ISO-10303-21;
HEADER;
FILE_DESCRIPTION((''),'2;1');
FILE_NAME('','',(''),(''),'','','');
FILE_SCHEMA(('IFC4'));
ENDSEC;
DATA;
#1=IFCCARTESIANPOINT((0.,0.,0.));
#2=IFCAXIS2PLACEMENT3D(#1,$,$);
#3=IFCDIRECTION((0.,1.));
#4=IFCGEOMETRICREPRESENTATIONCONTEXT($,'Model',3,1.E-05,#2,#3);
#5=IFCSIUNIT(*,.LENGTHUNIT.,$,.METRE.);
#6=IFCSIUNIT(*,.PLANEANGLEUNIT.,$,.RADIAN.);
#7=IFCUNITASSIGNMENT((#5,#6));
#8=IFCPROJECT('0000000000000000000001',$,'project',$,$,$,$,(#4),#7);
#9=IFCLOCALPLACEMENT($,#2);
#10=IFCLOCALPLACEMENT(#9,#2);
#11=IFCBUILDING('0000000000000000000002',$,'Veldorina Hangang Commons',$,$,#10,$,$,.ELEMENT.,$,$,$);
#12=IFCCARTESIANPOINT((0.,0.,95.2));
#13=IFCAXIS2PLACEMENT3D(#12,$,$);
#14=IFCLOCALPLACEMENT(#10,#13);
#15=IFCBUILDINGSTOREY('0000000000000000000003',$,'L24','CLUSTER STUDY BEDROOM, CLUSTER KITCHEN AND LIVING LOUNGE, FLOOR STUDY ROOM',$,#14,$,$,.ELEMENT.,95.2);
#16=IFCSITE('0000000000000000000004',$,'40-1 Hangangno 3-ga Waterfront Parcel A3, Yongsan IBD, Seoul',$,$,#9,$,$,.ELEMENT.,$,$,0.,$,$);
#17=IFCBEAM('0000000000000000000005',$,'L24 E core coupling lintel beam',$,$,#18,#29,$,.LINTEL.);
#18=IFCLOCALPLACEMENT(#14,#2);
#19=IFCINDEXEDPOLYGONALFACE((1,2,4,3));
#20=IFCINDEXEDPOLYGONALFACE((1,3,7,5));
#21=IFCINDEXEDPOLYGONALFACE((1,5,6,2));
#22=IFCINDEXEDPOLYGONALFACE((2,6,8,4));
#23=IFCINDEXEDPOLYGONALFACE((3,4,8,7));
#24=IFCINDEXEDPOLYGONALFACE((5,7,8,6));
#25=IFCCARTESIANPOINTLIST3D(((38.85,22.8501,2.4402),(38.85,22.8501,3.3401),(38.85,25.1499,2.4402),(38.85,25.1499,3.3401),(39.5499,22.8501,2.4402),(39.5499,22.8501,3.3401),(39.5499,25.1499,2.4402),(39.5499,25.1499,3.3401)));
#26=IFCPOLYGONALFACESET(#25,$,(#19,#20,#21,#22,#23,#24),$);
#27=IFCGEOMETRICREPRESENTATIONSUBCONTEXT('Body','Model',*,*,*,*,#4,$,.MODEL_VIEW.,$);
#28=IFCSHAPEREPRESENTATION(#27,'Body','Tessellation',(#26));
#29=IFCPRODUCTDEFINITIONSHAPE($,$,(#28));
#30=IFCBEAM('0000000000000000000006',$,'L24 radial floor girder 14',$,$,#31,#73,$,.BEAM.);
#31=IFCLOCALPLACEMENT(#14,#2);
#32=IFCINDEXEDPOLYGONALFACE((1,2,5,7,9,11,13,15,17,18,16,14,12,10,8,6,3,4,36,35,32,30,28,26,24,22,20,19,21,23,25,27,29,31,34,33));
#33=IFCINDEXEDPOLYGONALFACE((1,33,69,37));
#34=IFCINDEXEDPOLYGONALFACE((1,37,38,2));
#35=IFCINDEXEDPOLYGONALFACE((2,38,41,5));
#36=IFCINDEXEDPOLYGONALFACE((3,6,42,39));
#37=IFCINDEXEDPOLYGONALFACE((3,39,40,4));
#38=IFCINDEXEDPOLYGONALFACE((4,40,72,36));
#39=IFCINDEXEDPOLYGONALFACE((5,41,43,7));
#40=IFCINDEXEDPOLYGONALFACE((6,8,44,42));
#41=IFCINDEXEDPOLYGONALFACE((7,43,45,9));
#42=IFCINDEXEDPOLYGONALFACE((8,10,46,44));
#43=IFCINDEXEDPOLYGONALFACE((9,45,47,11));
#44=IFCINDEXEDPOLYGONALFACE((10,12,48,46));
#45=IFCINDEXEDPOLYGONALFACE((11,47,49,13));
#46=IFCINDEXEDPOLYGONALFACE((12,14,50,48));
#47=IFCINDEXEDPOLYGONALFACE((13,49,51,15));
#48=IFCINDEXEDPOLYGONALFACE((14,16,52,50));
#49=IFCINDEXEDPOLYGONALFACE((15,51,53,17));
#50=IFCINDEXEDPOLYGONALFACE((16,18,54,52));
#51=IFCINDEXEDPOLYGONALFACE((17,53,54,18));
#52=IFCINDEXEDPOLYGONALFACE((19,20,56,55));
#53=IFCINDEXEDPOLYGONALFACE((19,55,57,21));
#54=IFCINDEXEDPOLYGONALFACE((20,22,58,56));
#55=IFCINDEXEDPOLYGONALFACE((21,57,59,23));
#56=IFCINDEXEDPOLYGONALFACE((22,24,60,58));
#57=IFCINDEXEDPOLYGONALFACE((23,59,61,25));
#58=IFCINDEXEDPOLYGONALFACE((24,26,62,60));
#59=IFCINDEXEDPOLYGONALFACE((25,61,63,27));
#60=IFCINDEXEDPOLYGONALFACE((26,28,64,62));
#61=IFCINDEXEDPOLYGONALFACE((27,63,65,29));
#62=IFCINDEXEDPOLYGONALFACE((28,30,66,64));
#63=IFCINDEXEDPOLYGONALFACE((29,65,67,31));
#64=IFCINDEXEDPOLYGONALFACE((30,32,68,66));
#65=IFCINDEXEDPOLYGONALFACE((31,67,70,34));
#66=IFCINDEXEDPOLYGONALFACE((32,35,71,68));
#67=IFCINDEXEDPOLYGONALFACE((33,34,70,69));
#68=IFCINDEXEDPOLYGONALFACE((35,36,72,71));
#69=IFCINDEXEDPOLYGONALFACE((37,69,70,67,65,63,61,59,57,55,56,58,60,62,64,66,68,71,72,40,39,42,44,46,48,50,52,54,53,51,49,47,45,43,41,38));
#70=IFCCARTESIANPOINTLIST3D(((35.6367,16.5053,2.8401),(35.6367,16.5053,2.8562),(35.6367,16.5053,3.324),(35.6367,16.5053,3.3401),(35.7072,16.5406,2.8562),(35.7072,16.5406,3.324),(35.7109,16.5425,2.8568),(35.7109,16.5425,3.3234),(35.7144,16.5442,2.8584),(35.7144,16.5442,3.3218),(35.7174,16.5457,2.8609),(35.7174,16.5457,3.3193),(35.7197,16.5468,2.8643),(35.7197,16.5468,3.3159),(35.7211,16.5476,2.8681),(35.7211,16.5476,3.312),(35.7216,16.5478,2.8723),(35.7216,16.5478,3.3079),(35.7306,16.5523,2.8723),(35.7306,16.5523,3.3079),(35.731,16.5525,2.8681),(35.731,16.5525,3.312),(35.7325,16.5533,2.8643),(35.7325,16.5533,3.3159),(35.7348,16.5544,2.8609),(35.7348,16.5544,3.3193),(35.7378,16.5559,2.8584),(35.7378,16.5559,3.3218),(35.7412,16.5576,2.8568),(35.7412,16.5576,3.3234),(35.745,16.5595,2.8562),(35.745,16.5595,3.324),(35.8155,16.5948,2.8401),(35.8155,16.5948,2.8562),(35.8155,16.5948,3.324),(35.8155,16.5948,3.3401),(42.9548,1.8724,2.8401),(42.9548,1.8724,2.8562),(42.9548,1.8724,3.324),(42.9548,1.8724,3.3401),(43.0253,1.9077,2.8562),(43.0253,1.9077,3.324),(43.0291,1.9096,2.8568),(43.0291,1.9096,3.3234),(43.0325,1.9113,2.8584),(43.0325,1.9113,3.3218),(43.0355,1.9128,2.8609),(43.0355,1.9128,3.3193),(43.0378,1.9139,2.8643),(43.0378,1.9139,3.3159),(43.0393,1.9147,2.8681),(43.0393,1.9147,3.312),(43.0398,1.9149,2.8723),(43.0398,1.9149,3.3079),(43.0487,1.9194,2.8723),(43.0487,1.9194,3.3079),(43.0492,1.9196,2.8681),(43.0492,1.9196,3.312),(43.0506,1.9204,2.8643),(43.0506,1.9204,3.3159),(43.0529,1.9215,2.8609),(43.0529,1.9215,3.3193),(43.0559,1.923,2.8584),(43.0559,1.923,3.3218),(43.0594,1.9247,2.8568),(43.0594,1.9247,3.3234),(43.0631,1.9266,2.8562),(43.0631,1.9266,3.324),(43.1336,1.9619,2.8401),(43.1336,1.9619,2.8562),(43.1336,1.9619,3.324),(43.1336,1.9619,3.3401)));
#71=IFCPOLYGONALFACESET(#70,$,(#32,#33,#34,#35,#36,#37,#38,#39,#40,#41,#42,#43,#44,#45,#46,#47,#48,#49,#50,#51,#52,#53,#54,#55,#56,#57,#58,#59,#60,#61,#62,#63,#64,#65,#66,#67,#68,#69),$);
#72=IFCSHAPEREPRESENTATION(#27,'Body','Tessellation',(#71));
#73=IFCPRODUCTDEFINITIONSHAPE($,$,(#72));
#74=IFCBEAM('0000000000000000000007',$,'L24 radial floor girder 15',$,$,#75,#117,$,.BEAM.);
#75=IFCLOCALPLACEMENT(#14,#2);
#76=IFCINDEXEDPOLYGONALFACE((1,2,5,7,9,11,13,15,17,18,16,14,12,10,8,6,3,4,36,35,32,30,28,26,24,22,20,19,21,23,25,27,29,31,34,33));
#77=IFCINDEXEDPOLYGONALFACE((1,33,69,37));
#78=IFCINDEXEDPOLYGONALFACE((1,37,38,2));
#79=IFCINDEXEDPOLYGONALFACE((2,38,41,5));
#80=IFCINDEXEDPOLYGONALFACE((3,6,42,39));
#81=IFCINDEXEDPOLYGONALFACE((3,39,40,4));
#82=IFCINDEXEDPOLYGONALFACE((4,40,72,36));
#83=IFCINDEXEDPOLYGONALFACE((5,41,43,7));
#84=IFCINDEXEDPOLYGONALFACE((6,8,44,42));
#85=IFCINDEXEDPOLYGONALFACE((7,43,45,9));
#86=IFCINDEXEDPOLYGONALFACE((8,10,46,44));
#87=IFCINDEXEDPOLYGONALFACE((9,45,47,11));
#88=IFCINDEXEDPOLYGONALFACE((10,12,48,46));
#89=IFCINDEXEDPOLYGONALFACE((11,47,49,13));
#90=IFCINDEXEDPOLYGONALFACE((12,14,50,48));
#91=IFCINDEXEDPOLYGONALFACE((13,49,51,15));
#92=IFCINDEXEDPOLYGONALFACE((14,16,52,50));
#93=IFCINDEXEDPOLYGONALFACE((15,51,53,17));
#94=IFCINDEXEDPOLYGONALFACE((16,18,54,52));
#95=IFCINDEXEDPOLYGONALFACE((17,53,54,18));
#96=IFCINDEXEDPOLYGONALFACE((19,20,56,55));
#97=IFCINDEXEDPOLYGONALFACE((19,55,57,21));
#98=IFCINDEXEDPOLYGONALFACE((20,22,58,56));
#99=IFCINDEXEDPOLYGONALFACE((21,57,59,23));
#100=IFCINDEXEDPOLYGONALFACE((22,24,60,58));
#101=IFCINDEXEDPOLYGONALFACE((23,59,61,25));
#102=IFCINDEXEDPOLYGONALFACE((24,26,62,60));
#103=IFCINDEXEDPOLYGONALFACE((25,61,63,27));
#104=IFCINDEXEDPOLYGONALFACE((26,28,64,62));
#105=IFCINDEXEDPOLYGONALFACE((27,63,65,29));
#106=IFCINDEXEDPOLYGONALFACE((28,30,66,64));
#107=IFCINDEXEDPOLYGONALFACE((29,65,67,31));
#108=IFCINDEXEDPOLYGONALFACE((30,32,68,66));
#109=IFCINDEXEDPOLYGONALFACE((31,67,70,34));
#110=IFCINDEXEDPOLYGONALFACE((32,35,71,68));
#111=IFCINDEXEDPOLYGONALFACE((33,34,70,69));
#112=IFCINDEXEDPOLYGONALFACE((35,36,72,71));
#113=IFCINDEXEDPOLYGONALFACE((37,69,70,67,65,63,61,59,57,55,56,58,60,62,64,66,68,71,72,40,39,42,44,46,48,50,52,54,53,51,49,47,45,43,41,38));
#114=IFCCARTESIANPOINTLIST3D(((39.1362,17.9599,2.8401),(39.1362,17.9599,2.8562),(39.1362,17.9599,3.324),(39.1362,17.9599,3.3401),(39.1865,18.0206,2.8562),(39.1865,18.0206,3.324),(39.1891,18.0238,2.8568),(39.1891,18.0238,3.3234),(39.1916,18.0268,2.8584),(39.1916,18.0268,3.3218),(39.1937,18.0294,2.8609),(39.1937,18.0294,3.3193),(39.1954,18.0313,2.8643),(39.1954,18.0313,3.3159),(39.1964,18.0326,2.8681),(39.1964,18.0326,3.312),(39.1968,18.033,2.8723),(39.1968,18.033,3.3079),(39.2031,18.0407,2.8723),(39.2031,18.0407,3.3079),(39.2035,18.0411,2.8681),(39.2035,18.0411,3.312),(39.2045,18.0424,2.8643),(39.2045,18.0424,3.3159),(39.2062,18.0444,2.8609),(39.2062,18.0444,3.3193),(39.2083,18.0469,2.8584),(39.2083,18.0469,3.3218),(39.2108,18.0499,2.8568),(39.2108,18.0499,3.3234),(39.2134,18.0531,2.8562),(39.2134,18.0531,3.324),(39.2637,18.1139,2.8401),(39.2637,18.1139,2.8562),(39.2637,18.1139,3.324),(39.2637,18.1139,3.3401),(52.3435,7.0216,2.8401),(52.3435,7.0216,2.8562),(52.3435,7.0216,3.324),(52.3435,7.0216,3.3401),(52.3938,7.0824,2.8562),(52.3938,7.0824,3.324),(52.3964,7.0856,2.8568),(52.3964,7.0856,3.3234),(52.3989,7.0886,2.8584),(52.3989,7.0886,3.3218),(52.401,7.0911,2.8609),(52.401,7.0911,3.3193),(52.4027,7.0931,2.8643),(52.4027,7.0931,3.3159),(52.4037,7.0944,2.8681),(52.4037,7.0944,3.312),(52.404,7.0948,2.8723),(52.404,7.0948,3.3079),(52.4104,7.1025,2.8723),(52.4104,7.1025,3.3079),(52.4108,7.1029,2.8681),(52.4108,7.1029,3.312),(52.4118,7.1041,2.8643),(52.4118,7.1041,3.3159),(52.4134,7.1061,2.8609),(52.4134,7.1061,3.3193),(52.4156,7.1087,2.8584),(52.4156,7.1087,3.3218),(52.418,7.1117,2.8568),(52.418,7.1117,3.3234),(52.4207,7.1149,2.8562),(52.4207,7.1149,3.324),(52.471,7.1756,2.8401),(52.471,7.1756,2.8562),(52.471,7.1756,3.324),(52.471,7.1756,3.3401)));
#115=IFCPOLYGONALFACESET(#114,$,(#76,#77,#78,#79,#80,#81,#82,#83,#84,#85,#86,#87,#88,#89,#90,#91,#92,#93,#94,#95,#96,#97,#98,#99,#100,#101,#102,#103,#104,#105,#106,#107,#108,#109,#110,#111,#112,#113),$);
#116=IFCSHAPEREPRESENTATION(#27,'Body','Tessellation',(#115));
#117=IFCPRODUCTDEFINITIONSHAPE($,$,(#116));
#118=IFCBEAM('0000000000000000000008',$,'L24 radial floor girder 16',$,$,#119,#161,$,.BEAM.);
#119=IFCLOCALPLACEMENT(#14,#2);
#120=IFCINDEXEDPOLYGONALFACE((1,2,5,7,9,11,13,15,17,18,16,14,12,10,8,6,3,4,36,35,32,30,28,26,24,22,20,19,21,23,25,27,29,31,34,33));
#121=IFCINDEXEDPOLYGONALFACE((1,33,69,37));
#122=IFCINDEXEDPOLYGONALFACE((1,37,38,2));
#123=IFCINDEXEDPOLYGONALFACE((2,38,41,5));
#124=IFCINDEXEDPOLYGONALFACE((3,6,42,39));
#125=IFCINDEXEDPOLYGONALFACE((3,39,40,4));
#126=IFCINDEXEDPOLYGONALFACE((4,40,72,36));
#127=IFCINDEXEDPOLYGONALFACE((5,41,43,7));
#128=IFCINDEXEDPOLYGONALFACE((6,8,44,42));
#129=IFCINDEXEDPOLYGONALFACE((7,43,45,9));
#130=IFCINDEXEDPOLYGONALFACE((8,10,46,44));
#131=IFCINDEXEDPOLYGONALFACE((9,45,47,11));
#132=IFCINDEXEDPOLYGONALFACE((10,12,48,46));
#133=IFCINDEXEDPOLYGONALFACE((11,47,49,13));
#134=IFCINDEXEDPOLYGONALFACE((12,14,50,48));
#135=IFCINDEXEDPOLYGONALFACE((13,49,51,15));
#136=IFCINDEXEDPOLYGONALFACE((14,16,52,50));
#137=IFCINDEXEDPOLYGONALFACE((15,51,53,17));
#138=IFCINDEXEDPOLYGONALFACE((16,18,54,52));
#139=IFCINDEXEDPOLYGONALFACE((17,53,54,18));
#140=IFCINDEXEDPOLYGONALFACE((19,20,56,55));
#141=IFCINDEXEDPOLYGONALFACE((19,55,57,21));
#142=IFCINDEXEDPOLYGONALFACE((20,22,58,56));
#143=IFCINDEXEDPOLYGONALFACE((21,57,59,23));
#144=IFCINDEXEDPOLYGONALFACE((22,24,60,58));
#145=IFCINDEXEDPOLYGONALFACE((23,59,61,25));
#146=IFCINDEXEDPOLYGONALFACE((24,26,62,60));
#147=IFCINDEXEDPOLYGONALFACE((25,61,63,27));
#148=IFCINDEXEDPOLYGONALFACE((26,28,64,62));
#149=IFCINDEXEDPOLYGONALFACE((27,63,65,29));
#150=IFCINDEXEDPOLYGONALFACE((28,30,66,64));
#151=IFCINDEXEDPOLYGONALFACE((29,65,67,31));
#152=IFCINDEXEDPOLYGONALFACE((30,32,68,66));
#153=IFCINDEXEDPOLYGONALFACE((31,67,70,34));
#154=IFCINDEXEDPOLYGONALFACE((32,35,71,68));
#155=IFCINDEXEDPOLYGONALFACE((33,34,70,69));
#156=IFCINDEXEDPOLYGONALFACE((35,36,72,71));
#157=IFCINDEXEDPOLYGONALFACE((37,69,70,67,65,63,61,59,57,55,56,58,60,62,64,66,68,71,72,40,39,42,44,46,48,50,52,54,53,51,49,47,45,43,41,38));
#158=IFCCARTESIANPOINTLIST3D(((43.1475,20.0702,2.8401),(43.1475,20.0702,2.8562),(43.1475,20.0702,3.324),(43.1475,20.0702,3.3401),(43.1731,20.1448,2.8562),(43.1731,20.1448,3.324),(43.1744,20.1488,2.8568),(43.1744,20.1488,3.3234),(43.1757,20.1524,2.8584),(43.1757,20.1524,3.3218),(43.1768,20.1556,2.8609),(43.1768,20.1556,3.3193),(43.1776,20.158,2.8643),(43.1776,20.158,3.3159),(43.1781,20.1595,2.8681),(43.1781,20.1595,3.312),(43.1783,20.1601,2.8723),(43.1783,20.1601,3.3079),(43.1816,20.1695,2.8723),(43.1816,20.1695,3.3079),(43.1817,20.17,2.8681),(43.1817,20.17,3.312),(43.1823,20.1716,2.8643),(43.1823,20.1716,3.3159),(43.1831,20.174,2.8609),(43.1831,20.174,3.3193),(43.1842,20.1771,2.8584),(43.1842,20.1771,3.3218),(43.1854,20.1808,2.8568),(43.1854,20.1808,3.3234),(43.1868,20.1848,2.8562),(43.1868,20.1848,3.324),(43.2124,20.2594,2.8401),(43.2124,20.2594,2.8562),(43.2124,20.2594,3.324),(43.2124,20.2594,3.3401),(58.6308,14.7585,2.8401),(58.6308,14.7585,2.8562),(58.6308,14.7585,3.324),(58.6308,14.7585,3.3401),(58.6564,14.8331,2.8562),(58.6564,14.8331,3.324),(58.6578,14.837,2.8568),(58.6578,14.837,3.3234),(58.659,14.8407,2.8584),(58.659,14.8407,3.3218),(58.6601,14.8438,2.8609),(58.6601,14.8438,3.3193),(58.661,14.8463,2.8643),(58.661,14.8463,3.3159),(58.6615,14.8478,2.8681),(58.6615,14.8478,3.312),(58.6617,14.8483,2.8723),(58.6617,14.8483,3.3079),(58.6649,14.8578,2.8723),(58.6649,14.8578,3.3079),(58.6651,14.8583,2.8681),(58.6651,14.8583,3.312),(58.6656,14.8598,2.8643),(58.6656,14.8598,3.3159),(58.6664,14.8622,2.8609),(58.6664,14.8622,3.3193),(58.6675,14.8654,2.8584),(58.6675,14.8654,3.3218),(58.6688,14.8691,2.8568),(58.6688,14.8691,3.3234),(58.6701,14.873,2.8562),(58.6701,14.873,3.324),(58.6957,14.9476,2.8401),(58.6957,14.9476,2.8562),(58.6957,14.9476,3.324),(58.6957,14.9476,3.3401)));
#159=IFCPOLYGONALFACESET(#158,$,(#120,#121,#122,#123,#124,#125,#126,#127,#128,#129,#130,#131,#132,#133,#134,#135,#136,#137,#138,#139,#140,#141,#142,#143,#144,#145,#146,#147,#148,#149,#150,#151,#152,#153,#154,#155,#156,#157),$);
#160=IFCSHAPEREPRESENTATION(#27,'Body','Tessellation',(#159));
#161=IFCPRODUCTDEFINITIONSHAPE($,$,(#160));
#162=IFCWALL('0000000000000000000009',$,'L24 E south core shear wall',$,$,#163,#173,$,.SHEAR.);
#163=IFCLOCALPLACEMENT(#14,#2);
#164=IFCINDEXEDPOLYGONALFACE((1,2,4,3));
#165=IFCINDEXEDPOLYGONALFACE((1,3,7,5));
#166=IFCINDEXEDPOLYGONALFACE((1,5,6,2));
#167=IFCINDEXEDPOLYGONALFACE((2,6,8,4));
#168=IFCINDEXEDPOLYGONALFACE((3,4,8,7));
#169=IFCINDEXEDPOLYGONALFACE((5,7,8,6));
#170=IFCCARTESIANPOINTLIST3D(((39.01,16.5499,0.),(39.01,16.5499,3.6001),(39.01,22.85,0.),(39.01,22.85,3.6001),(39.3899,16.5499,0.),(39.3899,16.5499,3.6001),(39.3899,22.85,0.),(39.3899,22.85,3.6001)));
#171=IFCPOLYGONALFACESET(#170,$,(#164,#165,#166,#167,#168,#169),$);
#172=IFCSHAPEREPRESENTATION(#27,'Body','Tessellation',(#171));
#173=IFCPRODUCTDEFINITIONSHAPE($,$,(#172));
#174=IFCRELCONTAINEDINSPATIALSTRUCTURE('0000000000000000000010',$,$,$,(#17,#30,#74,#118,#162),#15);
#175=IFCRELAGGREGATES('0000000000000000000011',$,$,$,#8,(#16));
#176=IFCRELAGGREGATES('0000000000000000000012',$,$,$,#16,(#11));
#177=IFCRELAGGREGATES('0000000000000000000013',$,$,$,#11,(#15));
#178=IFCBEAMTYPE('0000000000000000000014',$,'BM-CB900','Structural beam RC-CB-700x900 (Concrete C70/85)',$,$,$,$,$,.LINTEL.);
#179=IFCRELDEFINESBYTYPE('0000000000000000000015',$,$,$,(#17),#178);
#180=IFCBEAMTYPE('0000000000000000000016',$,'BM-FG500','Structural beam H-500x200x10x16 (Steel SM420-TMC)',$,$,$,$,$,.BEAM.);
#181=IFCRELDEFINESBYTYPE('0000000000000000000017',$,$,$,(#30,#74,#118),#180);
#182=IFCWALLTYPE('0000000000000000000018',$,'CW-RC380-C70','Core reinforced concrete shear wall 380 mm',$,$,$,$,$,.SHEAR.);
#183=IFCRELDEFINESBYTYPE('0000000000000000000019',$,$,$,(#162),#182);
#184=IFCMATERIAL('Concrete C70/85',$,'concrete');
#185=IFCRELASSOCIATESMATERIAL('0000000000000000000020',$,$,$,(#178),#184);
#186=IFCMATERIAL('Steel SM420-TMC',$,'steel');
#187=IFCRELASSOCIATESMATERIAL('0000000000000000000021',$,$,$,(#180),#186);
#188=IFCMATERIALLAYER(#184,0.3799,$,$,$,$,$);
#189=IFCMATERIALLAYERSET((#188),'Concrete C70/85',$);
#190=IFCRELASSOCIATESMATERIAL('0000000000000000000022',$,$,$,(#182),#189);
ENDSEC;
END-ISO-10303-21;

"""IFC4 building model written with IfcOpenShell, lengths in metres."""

from ifc_helpers import new_model, si_unit, direction, frame, frame_2d, origin, origin_2d, place, context, subcontext, project, spatial, rectangle, i_section, extrude, material, layer, layer_set, material_profile, profile_set, type_object, element, save


model = new_model("IFC4")

# Units and contexts
model_context = context("Model", 3, precision=1e-05, world=origin(), true_north=direction((0.0, 1.0)))
body_context = subcontext(model_context, "Body", "Model", "MODEL_VIEW")
ifc_project = project(units=[si_unit("LENGTHUNIT", "METRE"), si_unit("PLANEANGLEUNIT", "RADIAN")], contexts=[model_context])

# Site, building, storey
site_placement = place(None, origin())
site = spatial("IfcSite", under=ifc_project, at=site_placement, Name="40-1 Hangangno 3-ga Waterfront Parcel A3, Yongsan IBD, Seoul", CompositionType="ELEMENT", RefElevation=0.0)
building_placement = place(site_placement, origin())
building = spatial("IfcBuilding", under=site, at=building_placement, Name="Veldorina Hangang Commons", CompositionType="ELEMENT")
storey_placement = place(building_placement, frame((0.0, 0.0, 95.2)))
storey = spatial("IfcBuildingStorey", under=building, at=storey_placement, Name="L24", Description="CLUSTER STUDY BEDROOM, CLUSTER KITCHEN AND LIVING LOUNGE, FLOOR STUDY ROOM", CompositionType="ELEMENT", Elevation=95.2)

# Beams
ifc_material_1 = material(Name="Concrete C70/85", Category="concrete")
ifc_material_profile_1 = material_profile(ifc_material_1, rectangle(XDim=0.7, YDim=0.8999, at=origin_2d()), Name="RC-CB-700x900")
ifc_profile_set_1 = profile_set([ifc_material_profile_1], Name="Concrete C70/85")
beam_type_1 = type_object("IfcBeamType", Name="BM-CB900", Description="Structural beam RC-CB-700x900 (Concrete C70/85)", PredefinedType="LINTEL", material=ifc_profile_set_1)
beam_1_placement = place(storey_placement, frame((39.2, 22.8501, 2.8901), z_axis=(0.0, 1.0, 0.0), x_axis=(-1.0, 0.0, 0.0)))
element("IfcBeam", 1, at=beam_1_placement, inside=storey, type_object=beam_type_1, Name="L24 E core coupling lintel beam", PredefinedType="LINTEL", context=body_context, shape_type="SweptSolid", body=[
    extrude(rectangle(XDim=0.7, YDim=0.8999, at=origin_2d()), origin(), (0.0, 0.0, 1.0), 2.2998),
])
ifc_material_2 = material(Name="Steel SM420-TMC", Category="steel")
ifc_material_profile_2 = material_profile(ifc_material_2, i_section(OverallWidth=0.2, OverallDepth=0.5, WebThickness=0.01, FlangeThickness=0.0161, FilletRadius=0.0161, at=origin_2d()), Name="H-500x200x10x16")
ifc_profile_set_2 = profile_set([ifc_material_profile_2], Name="Steel SM420-TMC")
beam_type_2 = type_object("IfcBeamType", Name="BM-FG500", Description="Structural beam H-500x200x10x16 (Steel SM420-TMC)", PredefinedType="BEAM", material=ifc_profile_set_2)
beam_2_placement = place(storey_placement, frame((35.7261, 16.55, 3.0901), z_axis=(0.447297, -0.894385, 0.0), x_axis=(0.894385, 0.447297, 0.0)))
element("IfcBeam", 2, at=beam_2_placement, inside=storey, type_object=beam_type_2, Name="L24 radial floor girder 14", PredefinedType="BEAM", context=body_context, shape_type="SweptSolid", body=[
    extrude(i_section(OverallWidth=0.2, OverallDepth=0.5, WebThickness=0.01, FlangeThickness=0.0161, FilletRadius=0.0161, at=origin_2d()), origin(), (0.0, 0.0, 1.0), 16.3608),
])
beam_3_placement = place(storey_placement, frame((39.2, 18.0369, 3.0901), z_axis=(0.770163, -0.637847, 0.0), x_axis=(0.637847, 0.770163, 0.0)))
element("IfcBeam", 3, at=beam_3_placement, inside=storey, type_object=beam_type_2, Name="L24 radial floor girder 15", PredefinedType="BEAM", context=body_context, shape_type="SweptSolid", body=[
    extrude(i_section(OverallWidth=0.2, OverallDepth=0.5, WebThickness=0.01, FlangeThickness=0.0161, FilletRadius=0.0161, at=origin_2d()), origin(), (0.0, 0.0, 1.0), 17.1487),
])
beam_4_placement = place(storey_placement, frame((43.1799, 20.1648, 3.0901), z_axis=(0.945886, -0.324498, 0.0), x_axis=(0.324498, 0.945886, 0.0)))
element("IfcBeam", 4, at=beam_4_placement, inside=storey, type_object=beam_type_2, Name="L24 radial floor girder 16", PredefinedType="BEAM", context=body_context, shape_type="SweptSolid", body=[
    extrude(i_section(OverallWidth=0.2, OverallDepth=0.5, WebThickness=0.01, FlangeThickness=0.0161, FilletRadius=0.0161, at=origin_2d()), origin(), (0.0, 0.0, 1.0), 16.3691),
])

# Wall
ifc_layer_1 = layer(ifc_material_1, 0.3799)
ifc_layer_set_1 = layer_set([ifc_layer_1], Name="Concrete C70/85")
wall_type_1 = type_object("IfcWallType", Name="CW-RC380-C70", Description="Core reinforced concrete shear wall 380 mm", PredefinedType="SHEAR", material=ifc_layer_set_1)
wall_1_placement = place(storey_placement, frame((39.2, 16.55, 0.0), z_axis=(0.0, 0.0, 1.0), x_axis=(0.0, 1.0, 0.0)))
element("IfcWall", 5, at=wall_1_placement, inside=storey, type_object=wall_type_1, Name="L24 E south core shear wall", PredefinedType="SHEAR", context=body_context, shape_type="SweptSolid", body=[
    extrude(rectangle(XDim=6.3, YDim=0.3799, at=frame_2d((3.1499, 0.0))), origin(), (0.0, 0.0, 1.0), 3.6001),
])

save(model, "model.ifc")
